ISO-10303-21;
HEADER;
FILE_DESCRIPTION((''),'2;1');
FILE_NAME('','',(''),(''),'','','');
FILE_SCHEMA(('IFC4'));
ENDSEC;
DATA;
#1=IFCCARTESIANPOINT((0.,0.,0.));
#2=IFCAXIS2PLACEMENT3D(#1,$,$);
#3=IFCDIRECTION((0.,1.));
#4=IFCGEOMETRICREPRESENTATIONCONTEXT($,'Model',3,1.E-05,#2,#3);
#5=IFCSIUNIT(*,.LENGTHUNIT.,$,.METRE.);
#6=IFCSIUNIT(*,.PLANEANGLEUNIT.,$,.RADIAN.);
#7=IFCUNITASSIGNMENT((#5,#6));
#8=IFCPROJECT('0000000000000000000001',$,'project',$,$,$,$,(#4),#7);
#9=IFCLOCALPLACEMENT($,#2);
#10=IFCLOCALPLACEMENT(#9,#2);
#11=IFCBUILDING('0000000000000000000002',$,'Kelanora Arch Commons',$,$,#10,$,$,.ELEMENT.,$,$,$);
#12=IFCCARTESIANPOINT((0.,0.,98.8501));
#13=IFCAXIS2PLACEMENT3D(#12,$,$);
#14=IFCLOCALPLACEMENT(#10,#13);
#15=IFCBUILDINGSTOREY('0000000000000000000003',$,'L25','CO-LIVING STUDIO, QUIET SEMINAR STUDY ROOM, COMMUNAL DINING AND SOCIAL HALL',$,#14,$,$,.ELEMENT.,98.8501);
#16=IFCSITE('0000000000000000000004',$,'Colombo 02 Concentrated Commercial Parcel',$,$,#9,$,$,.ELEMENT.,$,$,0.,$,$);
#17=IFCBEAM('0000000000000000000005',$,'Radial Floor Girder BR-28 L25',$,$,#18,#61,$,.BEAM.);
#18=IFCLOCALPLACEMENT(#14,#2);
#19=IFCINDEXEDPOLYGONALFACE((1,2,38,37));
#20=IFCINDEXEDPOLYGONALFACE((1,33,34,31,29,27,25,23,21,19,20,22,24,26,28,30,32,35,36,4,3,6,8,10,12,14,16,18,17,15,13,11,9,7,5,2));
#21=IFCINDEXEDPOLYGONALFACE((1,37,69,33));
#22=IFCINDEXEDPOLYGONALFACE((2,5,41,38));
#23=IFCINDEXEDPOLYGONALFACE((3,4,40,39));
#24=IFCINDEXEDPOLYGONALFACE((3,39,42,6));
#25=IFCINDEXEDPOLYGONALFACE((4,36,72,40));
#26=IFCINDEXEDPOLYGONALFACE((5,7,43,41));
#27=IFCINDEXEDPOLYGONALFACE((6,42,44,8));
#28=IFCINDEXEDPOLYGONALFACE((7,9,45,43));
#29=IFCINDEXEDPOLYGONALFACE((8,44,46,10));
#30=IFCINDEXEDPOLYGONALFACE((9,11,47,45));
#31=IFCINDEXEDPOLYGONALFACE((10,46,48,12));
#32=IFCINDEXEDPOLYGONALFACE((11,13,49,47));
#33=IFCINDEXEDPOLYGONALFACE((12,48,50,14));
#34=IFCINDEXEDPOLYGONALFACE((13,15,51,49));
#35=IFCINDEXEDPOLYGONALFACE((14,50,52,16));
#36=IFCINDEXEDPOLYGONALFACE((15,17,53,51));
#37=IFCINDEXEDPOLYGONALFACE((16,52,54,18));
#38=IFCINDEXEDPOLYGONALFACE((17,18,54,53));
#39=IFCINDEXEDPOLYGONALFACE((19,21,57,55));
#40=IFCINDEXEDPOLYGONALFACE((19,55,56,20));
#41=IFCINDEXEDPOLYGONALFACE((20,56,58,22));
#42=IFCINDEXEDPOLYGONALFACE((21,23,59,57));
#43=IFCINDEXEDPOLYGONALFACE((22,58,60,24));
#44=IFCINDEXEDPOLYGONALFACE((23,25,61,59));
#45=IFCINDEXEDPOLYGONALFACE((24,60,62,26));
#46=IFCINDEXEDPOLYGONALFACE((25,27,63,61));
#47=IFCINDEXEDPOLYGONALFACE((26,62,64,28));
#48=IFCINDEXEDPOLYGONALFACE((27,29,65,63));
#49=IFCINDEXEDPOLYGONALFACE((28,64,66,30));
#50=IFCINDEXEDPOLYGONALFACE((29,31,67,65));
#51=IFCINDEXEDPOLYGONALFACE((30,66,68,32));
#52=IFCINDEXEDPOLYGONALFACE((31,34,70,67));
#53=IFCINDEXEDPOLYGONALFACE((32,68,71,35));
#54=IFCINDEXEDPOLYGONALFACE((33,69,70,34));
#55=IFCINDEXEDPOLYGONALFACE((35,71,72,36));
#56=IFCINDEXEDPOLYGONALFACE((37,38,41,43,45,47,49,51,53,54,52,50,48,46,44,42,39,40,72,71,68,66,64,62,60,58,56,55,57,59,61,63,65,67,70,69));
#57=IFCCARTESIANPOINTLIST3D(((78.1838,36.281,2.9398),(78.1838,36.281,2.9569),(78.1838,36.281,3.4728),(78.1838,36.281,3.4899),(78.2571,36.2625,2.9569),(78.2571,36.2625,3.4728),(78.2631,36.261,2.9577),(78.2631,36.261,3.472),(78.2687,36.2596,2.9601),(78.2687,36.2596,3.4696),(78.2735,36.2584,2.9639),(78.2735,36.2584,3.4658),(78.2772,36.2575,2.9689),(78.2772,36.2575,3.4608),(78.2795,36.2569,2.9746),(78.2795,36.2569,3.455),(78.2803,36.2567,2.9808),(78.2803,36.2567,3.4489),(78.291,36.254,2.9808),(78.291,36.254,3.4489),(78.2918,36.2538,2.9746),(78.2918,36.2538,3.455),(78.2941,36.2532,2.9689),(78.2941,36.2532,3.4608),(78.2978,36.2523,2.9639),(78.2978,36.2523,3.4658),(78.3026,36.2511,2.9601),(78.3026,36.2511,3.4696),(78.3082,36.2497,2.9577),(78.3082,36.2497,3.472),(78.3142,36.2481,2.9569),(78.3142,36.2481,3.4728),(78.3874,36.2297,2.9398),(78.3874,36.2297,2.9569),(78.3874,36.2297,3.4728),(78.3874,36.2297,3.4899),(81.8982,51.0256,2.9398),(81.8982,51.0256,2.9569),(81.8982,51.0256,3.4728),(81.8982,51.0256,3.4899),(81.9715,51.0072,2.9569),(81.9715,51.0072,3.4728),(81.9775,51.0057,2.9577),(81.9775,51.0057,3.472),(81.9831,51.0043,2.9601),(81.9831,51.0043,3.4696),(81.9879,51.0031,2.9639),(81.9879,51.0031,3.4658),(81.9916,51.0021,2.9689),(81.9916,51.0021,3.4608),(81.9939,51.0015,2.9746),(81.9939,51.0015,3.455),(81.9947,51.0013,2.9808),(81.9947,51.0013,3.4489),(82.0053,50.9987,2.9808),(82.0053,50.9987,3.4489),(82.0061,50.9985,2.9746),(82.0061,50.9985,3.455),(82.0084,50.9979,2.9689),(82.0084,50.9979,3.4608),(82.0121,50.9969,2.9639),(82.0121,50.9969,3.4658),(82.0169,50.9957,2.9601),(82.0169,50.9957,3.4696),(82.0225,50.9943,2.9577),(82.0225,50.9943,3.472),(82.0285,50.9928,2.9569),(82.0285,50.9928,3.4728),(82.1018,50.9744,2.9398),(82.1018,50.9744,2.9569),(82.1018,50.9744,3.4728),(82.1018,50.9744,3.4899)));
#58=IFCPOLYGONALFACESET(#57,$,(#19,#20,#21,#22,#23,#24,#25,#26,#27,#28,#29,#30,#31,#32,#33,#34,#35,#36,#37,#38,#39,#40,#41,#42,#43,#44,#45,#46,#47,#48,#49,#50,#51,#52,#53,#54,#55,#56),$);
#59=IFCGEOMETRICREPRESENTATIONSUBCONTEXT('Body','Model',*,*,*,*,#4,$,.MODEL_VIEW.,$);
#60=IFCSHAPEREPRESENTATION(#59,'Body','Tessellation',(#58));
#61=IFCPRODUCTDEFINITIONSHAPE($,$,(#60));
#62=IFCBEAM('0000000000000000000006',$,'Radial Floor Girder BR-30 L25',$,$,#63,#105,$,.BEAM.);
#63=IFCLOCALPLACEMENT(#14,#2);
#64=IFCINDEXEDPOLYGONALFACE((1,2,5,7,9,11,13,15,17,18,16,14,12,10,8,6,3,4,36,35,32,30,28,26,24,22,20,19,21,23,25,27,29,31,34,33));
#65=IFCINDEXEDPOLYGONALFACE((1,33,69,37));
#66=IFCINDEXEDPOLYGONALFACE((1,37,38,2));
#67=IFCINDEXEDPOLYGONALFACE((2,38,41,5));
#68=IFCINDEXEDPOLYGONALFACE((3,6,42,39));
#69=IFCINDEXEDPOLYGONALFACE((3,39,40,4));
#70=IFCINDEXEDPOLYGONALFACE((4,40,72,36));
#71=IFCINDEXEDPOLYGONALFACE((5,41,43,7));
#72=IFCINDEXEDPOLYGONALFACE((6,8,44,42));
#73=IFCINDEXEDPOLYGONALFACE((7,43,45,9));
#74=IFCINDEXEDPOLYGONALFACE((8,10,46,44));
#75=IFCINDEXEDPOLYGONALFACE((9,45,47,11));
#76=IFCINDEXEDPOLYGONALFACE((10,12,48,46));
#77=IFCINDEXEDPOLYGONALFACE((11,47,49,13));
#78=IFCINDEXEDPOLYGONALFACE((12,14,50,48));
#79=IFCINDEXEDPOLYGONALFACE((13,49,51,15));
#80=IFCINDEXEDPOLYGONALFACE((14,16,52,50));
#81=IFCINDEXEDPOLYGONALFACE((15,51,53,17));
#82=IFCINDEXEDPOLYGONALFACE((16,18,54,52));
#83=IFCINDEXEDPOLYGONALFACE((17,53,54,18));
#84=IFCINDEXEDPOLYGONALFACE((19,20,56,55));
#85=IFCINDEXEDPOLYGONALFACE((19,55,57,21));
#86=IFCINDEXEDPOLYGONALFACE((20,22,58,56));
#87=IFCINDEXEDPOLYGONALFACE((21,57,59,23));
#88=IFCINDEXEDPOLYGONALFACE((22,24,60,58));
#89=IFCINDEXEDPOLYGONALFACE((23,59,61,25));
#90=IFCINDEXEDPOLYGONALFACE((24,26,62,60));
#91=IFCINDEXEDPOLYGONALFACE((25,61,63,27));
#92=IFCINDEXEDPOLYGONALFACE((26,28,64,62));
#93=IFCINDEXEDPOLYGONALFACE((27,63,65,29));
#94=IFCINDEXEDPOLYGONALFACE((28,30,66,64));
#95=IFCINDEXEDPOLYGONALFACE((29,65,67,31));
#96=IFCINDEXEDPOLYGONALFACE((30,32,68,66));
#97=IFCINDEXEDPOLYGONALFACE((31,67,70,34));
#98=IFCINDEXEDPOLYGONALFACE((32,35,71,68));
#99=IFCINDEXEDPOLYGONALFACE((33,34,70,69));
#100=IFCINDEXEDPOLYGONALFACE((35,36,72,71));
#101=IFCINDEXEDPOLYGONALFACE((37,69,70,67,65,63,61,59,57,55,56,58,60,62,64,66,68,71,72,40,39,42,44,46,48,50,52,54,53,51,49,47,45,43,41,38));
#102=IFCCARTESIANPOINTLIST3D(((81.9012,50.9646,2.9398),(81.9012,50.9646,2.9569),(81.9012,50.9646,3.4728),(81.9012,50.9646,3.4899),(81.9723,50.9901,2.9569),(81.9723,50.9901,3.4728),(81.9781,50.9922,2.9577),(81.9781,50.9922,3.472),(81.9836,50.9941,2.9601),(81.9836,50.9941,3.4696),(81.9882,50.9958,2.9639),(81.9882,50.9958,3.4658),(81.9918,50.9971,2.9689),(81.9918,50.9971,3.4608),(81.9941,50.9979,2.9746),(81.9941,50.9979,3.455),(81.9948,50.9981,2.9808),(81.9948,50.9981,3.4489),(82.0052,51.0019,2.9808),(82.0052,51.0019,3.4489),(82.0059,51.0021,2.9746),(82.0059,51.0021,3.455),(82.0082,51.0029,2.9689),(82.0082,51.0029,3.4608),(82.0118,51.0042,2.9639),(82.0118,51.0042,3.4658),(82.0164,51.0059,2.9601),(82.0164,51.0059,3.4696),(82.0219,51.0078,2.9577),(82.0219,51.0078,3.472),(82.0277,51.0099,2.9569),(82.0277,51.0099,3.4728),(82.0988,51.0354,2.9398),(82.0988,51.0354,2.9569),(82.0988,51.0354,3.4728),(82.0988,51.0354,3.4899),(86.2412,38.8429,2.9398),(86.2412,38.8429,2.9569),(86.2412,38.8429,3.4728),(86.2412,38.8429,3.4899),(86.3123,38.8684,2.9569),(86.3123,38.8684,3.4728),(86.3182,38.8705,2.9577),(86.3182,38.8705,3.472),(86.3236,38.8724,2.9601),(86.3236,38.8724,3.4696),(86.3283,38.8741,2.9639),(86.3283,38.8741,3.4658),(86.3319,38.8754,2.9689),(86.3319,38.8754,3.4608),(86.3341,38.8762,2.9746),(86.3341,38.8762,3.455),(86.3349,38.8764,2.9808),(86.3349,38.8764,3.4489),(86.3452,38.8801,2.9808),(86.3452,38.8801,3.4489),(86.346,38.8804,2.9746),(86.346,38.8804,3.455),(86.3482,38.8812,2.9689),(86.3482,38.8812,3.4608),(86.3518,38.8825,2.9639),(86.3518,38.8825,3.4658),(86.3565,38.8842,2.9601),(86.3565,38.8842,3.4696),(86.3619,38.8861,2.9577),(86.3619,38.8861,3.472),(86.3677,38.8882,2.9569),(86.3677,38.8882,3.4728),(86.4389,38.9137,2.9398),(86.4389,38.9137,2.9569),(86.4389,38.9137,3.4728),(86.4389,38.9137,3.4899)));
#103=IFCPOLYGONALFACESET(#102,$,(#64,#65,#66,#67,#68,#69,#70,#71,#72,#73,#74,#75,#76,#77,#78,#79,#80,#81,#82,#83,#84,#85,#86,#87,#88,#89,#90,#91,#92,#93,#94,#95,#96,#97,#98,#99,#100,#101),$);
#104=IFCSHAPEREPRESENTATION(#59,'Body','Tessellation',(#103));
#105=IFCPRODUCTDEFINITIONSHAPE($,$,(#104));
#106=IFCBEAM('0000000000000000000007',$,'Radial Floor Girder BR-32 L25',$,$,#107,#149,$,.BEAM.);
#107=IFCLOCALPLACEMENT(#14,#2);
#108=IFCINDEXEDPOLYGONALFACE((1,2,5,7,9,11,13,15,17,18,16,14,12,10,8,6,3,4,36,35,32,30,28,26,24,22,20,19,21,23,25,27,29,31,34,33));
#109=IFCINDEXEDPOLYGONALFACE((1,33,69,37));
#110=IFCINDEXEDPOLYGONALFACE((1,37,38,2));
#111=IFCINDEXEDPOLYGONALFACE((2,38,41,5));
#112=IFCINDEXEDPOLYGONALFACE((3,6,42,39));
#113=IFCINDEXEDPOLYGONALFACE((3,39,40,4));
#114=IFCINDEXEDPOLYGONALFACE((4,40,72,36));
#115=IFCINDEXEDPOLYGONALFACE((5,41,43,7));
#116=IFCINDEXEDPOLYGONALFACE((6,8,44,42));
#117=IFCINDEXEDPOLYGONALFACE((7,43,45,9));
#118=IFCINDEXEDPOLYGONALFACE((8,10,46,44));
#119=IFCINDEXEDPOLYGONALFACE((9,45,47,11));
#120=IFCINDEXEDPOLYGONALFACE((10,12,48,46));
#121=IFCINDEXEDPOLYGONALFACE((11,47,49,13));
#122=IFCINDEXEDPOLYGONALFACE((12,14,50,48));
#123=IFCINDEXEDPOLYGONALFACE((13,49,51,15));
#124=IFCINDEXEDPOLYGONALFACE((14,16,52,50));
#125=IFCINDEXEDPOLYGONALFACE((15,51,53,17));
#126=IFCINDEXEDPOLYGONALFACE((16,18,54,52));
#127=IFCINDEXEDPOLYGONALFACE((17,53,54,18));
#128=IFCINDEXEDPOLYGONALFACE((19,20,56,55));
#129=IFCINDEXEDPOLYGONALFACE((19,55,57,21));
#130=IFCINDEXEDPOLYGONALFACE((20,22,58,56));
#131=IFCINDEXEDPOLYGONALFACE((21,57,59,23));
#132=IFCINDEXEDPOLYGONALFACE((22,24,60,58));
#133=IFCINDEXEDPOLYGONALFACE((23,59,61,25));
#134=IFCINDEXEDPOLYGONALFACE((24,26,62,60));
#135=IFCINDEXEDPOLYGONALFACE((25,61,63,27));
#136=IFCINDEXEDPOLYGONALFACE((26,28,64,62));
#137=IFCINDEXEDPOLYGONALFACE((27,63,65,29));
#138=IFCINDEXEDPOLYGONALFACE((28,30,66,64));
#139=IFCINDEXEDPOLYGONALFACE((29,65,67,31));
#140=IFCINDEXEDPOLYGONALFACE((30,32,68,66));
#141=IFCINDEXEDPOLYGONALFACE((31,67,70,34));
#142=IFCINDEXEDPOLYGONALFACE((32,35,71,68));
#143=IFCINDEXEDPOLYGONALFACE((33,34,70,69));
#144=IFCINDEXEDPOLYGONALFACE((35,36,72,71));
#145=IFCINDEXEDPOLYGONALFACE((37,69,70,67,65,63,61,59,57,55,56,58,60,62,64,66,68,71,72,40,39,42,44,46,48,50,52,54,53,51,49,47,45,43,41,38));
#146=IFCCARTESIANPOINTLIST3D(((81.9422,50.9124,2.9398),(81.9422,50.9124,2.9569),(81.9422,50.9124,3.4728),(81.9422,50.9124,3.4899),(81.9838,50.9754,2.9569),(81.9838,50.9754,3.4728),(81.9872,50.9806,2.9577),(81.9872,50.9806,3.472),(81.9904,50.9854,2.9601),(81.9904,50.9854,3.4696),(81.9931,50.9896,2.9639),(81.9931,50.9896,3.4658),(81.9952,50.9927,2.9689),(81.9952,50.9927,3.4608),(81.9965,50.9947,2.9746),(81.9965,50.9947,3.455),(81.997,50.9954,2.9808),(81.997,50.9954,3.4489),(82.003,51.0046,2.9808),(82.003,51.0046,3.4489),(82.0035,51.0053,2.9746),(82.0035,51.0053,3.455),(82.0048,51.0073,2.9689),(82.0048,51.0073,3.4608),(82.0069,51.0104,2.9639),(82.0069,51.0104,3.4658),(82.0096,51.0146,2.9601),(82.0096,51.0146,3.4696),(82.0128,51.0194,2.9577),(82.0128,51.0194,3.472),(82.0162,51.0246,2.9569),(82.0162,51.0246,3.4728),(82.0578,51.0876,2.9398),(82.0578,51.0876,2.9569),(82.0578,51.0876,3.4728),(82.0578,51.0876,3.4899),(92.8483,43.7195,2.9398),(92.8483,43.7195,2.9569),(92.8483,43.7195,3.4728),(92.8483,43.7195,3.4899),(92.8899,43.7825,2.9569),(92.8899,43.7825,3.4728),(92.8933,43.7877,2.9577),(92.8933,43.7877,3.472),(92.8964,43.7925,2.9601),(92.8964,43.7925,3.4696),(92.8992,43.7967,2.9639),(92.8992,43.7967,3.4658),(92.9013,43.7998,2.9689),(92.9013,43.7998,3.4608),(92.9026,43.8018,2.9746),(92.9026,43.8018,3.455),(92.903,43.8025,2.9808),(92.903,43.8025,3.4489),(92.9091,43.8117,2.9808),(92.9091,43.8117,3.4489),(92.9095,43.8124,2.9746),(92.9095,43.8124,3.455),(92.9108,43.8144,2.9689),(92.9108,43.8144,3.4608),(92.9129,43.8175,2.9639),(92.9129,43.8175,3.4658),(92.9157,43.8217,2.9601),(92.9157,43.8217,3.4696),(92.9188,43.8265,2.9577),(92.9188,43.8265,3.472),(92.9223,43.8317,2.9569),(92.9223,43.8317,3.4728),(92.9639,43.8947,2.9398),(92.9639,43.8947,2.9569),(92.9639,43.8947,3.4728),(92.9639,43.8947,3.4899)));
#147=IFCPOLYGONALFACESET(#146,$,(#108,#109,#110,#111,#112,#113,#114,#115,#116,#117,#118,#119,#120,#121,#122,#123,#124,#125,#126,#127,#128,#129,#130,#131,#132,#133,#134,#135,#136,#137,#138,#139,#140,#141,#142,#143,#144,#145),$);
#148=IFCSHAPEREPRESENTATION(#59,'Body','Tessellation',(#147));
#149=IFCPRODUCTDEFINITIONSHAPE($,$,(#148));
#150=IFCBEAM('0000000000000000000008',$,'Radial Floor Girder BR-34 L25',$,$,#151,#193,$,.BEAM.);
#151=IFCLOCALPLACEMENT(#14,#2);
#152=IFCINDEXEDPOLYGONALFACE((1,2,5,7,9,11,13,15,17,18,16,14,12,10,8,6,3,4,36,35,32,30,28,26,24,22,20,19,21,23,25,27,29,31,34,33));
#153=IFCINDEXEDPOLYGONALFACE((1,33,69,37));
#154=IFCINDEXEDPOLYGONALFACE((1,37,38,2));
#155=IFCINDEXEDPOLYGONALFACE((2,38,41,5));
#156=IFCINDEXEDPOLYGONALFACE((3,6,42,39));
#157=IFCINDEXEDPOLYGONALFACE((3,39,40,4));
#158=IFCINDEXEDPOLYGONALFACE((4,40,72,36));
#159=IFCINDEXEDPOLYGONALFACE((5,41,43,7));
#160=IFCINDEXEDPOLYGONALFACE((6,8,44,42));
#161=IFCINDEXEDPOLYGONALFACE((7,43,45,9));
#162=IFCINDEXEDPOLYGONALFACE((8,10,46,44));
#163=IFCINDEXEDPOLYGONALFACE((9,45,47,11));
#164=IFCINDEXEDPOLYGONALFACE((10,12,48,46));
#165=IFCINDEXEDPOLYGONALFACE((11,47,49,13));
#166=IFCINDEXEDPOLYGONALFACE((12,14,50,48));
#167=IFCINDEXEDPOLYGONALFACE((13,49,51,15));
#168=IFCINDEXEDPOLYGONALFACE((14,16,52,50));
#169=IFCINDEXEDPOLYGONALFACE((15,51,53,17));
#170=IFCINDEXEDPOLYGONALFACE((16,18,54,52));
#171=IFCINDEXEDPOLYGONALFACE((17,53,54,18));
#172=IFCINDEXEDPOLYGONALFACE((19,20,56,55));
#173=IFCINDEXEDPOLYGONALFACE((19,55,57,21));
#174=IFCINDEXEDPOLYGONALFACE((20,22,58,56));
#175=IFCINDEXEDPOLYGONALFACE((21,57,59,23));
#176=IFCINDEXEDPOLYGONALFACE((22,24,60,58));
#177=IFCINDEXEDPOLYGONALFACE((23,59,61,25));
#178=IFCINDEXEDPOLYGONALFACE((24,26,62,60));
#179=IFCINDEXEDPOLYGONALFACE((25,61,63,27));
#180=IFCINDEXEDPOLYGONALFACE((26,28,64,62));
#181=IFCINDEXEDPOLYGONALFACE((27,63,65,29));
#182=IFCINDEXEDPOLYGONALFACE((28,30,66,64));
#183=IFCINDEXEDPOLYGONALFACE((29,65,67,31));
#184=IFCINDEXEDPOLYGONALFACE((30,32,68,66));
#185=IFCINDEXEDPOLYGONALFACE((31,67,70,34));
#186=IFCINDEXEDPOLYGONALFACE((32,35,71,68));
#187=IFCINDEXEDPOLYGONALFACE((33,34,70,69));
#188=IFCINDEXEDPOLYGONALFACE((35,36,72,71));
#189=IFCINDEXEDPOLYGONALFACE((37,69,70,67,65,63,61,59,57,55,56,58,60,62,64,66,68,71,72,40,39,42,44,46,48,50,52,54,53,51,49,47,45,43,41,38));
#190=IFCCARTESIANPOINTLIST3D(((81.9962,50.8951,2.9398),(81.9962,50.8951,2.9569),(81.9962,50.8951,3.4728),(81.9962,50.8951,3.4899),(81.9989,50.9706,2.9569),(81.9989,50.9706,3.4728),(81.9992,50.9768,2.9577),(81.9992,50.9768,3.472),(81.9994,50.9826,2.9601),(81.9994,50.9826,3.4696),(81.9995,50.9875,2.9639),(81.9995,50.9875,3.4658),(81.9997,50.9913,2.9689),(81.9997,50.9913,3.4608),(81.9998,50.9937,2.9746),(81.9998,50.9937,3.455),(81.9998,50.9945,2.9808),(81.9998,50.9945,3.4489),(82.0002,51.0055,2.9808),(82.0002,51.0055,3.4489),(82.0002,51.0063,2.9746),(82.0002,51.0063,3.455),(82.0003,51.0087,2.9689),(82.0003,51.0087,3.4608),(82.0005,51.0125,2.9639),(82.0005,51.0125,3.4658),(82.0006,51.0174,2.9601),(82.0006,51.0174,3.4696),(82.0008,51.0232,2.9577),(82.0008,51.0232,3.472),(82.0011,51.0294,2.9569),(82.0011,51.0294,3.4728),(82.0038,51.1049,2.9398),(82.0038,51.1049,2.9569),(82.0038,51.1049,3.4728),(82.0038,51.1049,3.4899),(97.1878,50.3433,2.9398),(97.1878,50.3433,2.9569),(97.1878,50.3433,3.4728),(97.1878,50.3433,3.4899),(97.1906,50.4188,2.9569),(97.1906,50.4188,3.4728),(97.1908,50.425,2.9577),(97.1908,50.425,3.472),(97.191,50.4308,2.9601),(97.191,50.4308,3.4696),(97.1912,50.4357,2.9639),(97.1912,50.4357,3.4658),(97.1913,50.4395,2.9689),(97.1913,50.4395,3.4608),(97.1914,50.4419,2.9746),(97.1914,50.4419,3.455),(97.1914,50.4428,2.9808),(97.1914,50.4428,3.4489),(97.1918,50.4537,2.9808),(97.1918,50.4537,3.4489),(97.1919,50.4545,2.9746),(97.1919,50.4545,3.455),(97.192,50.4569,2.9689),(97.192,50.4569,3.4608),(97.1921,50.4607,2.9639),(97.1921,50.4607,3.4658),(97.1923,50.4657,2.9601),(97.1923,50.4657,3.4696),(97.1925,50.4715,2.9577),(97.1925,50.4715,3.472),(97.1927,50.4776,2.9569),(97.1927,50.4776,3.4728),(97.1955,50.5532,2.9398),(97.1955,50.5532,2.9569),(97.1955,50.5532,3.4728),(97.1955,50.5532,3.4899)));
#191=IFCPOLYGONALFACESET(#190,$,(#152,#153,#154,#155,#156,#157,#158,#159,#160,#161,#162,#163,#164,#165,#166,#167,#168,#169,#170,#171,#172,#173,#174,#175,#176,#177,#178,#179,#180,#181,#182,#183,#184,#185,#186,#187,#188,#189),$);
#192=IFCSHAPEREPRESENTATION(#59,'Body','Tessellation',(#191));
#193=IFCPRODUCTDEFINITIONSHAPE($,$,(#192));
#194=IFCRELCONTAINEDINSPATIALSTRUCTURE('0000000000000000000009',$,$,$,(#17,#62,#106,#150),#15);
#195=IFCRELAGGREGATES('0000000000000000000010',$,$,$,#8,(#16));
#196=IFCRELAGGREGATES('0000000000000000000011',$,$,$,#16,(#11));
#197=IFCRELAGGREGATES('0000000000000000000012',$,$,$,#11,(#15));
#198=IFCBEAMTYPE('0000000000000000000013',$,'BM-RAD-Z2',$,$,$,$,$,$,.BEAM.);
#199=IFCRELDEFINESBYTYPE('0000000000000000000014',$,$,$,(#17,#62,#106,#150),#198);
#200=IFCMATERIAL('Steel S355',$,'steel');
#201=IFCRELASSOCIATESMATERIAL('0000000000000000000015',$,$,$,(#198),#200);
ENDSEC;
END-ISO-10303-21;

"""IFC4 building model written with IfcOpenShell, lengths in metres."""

from ifc_helpers import new_model, si_unit, direction, frame, origin, origin_2d, place, context, subcontext, project, spatial, i_section, extrude, material, material_profile, profile_set, type_object, element, save


model = new_model("IFC4")

# Units and contexts
model_context = context("Model", 3, precision=1e-05, world=origin(), true_north=direction((0.0, 1.0)))
body_context = subcontext(model_context, "Body", "Model", "MODEL_VIEW")
ifc_project = project(units=[si_unit("LENGTHUNIT", "METRE"), si_unit("PLANEANGLEUNIT", "RADIAN")], contexts=[model_context])

# Site, building, storey
site_placement = place(None, origin())
site = spatial("IfcSite", under=ifc_project, at=site_placement, Name="Colombo 02 Concentrated Commercial Parcel", CompositionType="ELEMENT", RefElevation=0.0)
building_placement = place(site_placement, origin())
building = spatial("IfcBuilding", under=site, at=building_placement, Name="Kelanora Arch Commons", CompositionType="ELEMENT")
storey_placement = place(building_placement, frame((0.0, 0.0, 98.8501)))
storey = spatial("IfcBuildingStorey", under=building, at=storey_placement, Name="L25", Description="CO-LIVING STUDIO, QUIET SEMINAR STUDY ROOM, COMMUNAL DINING AND SOCIAL HALL", CompositionType="ELEMENT", Elevation=98.8501)

# Beams
ifc_material_1 = material(Name="Steel S355", Category="steel")
ifc_material_profile_1 = material_profile(ifc_material_1, i_section(OverallWidth=0.21, OverallDepth=0.55, WebThickness=0.011, FlangeThickness=0.0171, FilletRadius=0.0239, at=origin_2d()), Name="IPE550")
ifc_profile_set_1 = profile_set([ifc_material_profile_1], Name="Steel S355")
beam_type_1 = type_object("IfcBeamType", Name="BM-RAD-Z2", PredefinedType="BEAM", material=ifc_profile_set_1)
beam_1_placement = place(storey_placement, frame((82.0, 51.0, 3.2148), z_axis=(-0.244281, -0.969705, 0.0), x_axis=(0.969705, -0.244281, 0.0)))
element("IfcBeam", 1, at=beam_1_placement, inside=storey, type_object=beam_type_1, Name="Radial Floor Girder BR-28 L25", PredefinedType="BEAM", context=body_context, shape_type="SweptSolid", body=[
    extrude(i_section(OverallWidth=0.21, OverallDepth=0.55, WebThickness=0.011, FlangeThickness=0.0171, FilletRadius=0.0239, at=origin_2d()), origin(), (0.0, 0.0, 1.0), 15.2053),
])
beam_2_placement = place(storey_placement, frame((82.0, 51.0, 3.2148), z_axis=(0.337085, -0.941474, 0.0), x_axis=(0.941474, 0.337085, 0.0)))
element("IfcBeam", 2, at=beam_2_placement, inside=storey, type_object=beam_type_1, Name="Radial Floor Girder BR-30 L25", PredefinedType="BEAM", context=body_context, shape_type="SweptSolid", body=[
    extrude(i_section(OverallWidth=0.21, OverallDepth=0.55, WebThickness=0.011, FlangeThickness=0.0171, FilletRadius=0.0239, at=origin_2d()), origin(), (0.0, 0.0, 1.0), 12.8752),
])
beam_3_placement = place(storey_placement, frame((82.0, 51.0, 3.2148), z_axis=(0.834789, -0.550571, 0.0), x_axis=(0.550571, 0.834789, 0.0)))
element("IfcBeam", 3, at=beam_3_placement, inside=storey, type_object=beam_type_1, Name="Radial Floor Girder BR-32 L25", PredefinedType="BEAM", context=body_context, shape_type="SweptSolid", body=[
    extrude(i_section(OverallWidth=0.21, OverallDepth=0.55, WebThickness=0.011, FlangeThickness=0.0171, FilletRadius=0.0239, at=origin_2d()), origin(), (0.0, 0.0, 1.0), 13.0645),
])
beam_4_placement = place(storey_placement, frame((82.0, 51.0, 3.2148), z_axis=(0.999341, -0.036296, 0.0), x_axis=(0.036296, 0.999341, 0.0)))
element("IfcBeam", 4, at=beam_4_placement, inside=storey, type_object=beam_type_1, Name="Radial Floor Girder BR-34 L25", PredefinedType="BEAM", context=body_context, shape_type="SweptSolid", body=[
    extrude(i_section(OverallWidth=0.21, OverallDepth=0.55, WebThickness=0.011, FlangeThickness=0.0171, FilletRadius=0.0239, at=origin_2d()), origin(), (0.0, 0.0, 1.0), 15.2017),
])

save(model, "model.ifc")
